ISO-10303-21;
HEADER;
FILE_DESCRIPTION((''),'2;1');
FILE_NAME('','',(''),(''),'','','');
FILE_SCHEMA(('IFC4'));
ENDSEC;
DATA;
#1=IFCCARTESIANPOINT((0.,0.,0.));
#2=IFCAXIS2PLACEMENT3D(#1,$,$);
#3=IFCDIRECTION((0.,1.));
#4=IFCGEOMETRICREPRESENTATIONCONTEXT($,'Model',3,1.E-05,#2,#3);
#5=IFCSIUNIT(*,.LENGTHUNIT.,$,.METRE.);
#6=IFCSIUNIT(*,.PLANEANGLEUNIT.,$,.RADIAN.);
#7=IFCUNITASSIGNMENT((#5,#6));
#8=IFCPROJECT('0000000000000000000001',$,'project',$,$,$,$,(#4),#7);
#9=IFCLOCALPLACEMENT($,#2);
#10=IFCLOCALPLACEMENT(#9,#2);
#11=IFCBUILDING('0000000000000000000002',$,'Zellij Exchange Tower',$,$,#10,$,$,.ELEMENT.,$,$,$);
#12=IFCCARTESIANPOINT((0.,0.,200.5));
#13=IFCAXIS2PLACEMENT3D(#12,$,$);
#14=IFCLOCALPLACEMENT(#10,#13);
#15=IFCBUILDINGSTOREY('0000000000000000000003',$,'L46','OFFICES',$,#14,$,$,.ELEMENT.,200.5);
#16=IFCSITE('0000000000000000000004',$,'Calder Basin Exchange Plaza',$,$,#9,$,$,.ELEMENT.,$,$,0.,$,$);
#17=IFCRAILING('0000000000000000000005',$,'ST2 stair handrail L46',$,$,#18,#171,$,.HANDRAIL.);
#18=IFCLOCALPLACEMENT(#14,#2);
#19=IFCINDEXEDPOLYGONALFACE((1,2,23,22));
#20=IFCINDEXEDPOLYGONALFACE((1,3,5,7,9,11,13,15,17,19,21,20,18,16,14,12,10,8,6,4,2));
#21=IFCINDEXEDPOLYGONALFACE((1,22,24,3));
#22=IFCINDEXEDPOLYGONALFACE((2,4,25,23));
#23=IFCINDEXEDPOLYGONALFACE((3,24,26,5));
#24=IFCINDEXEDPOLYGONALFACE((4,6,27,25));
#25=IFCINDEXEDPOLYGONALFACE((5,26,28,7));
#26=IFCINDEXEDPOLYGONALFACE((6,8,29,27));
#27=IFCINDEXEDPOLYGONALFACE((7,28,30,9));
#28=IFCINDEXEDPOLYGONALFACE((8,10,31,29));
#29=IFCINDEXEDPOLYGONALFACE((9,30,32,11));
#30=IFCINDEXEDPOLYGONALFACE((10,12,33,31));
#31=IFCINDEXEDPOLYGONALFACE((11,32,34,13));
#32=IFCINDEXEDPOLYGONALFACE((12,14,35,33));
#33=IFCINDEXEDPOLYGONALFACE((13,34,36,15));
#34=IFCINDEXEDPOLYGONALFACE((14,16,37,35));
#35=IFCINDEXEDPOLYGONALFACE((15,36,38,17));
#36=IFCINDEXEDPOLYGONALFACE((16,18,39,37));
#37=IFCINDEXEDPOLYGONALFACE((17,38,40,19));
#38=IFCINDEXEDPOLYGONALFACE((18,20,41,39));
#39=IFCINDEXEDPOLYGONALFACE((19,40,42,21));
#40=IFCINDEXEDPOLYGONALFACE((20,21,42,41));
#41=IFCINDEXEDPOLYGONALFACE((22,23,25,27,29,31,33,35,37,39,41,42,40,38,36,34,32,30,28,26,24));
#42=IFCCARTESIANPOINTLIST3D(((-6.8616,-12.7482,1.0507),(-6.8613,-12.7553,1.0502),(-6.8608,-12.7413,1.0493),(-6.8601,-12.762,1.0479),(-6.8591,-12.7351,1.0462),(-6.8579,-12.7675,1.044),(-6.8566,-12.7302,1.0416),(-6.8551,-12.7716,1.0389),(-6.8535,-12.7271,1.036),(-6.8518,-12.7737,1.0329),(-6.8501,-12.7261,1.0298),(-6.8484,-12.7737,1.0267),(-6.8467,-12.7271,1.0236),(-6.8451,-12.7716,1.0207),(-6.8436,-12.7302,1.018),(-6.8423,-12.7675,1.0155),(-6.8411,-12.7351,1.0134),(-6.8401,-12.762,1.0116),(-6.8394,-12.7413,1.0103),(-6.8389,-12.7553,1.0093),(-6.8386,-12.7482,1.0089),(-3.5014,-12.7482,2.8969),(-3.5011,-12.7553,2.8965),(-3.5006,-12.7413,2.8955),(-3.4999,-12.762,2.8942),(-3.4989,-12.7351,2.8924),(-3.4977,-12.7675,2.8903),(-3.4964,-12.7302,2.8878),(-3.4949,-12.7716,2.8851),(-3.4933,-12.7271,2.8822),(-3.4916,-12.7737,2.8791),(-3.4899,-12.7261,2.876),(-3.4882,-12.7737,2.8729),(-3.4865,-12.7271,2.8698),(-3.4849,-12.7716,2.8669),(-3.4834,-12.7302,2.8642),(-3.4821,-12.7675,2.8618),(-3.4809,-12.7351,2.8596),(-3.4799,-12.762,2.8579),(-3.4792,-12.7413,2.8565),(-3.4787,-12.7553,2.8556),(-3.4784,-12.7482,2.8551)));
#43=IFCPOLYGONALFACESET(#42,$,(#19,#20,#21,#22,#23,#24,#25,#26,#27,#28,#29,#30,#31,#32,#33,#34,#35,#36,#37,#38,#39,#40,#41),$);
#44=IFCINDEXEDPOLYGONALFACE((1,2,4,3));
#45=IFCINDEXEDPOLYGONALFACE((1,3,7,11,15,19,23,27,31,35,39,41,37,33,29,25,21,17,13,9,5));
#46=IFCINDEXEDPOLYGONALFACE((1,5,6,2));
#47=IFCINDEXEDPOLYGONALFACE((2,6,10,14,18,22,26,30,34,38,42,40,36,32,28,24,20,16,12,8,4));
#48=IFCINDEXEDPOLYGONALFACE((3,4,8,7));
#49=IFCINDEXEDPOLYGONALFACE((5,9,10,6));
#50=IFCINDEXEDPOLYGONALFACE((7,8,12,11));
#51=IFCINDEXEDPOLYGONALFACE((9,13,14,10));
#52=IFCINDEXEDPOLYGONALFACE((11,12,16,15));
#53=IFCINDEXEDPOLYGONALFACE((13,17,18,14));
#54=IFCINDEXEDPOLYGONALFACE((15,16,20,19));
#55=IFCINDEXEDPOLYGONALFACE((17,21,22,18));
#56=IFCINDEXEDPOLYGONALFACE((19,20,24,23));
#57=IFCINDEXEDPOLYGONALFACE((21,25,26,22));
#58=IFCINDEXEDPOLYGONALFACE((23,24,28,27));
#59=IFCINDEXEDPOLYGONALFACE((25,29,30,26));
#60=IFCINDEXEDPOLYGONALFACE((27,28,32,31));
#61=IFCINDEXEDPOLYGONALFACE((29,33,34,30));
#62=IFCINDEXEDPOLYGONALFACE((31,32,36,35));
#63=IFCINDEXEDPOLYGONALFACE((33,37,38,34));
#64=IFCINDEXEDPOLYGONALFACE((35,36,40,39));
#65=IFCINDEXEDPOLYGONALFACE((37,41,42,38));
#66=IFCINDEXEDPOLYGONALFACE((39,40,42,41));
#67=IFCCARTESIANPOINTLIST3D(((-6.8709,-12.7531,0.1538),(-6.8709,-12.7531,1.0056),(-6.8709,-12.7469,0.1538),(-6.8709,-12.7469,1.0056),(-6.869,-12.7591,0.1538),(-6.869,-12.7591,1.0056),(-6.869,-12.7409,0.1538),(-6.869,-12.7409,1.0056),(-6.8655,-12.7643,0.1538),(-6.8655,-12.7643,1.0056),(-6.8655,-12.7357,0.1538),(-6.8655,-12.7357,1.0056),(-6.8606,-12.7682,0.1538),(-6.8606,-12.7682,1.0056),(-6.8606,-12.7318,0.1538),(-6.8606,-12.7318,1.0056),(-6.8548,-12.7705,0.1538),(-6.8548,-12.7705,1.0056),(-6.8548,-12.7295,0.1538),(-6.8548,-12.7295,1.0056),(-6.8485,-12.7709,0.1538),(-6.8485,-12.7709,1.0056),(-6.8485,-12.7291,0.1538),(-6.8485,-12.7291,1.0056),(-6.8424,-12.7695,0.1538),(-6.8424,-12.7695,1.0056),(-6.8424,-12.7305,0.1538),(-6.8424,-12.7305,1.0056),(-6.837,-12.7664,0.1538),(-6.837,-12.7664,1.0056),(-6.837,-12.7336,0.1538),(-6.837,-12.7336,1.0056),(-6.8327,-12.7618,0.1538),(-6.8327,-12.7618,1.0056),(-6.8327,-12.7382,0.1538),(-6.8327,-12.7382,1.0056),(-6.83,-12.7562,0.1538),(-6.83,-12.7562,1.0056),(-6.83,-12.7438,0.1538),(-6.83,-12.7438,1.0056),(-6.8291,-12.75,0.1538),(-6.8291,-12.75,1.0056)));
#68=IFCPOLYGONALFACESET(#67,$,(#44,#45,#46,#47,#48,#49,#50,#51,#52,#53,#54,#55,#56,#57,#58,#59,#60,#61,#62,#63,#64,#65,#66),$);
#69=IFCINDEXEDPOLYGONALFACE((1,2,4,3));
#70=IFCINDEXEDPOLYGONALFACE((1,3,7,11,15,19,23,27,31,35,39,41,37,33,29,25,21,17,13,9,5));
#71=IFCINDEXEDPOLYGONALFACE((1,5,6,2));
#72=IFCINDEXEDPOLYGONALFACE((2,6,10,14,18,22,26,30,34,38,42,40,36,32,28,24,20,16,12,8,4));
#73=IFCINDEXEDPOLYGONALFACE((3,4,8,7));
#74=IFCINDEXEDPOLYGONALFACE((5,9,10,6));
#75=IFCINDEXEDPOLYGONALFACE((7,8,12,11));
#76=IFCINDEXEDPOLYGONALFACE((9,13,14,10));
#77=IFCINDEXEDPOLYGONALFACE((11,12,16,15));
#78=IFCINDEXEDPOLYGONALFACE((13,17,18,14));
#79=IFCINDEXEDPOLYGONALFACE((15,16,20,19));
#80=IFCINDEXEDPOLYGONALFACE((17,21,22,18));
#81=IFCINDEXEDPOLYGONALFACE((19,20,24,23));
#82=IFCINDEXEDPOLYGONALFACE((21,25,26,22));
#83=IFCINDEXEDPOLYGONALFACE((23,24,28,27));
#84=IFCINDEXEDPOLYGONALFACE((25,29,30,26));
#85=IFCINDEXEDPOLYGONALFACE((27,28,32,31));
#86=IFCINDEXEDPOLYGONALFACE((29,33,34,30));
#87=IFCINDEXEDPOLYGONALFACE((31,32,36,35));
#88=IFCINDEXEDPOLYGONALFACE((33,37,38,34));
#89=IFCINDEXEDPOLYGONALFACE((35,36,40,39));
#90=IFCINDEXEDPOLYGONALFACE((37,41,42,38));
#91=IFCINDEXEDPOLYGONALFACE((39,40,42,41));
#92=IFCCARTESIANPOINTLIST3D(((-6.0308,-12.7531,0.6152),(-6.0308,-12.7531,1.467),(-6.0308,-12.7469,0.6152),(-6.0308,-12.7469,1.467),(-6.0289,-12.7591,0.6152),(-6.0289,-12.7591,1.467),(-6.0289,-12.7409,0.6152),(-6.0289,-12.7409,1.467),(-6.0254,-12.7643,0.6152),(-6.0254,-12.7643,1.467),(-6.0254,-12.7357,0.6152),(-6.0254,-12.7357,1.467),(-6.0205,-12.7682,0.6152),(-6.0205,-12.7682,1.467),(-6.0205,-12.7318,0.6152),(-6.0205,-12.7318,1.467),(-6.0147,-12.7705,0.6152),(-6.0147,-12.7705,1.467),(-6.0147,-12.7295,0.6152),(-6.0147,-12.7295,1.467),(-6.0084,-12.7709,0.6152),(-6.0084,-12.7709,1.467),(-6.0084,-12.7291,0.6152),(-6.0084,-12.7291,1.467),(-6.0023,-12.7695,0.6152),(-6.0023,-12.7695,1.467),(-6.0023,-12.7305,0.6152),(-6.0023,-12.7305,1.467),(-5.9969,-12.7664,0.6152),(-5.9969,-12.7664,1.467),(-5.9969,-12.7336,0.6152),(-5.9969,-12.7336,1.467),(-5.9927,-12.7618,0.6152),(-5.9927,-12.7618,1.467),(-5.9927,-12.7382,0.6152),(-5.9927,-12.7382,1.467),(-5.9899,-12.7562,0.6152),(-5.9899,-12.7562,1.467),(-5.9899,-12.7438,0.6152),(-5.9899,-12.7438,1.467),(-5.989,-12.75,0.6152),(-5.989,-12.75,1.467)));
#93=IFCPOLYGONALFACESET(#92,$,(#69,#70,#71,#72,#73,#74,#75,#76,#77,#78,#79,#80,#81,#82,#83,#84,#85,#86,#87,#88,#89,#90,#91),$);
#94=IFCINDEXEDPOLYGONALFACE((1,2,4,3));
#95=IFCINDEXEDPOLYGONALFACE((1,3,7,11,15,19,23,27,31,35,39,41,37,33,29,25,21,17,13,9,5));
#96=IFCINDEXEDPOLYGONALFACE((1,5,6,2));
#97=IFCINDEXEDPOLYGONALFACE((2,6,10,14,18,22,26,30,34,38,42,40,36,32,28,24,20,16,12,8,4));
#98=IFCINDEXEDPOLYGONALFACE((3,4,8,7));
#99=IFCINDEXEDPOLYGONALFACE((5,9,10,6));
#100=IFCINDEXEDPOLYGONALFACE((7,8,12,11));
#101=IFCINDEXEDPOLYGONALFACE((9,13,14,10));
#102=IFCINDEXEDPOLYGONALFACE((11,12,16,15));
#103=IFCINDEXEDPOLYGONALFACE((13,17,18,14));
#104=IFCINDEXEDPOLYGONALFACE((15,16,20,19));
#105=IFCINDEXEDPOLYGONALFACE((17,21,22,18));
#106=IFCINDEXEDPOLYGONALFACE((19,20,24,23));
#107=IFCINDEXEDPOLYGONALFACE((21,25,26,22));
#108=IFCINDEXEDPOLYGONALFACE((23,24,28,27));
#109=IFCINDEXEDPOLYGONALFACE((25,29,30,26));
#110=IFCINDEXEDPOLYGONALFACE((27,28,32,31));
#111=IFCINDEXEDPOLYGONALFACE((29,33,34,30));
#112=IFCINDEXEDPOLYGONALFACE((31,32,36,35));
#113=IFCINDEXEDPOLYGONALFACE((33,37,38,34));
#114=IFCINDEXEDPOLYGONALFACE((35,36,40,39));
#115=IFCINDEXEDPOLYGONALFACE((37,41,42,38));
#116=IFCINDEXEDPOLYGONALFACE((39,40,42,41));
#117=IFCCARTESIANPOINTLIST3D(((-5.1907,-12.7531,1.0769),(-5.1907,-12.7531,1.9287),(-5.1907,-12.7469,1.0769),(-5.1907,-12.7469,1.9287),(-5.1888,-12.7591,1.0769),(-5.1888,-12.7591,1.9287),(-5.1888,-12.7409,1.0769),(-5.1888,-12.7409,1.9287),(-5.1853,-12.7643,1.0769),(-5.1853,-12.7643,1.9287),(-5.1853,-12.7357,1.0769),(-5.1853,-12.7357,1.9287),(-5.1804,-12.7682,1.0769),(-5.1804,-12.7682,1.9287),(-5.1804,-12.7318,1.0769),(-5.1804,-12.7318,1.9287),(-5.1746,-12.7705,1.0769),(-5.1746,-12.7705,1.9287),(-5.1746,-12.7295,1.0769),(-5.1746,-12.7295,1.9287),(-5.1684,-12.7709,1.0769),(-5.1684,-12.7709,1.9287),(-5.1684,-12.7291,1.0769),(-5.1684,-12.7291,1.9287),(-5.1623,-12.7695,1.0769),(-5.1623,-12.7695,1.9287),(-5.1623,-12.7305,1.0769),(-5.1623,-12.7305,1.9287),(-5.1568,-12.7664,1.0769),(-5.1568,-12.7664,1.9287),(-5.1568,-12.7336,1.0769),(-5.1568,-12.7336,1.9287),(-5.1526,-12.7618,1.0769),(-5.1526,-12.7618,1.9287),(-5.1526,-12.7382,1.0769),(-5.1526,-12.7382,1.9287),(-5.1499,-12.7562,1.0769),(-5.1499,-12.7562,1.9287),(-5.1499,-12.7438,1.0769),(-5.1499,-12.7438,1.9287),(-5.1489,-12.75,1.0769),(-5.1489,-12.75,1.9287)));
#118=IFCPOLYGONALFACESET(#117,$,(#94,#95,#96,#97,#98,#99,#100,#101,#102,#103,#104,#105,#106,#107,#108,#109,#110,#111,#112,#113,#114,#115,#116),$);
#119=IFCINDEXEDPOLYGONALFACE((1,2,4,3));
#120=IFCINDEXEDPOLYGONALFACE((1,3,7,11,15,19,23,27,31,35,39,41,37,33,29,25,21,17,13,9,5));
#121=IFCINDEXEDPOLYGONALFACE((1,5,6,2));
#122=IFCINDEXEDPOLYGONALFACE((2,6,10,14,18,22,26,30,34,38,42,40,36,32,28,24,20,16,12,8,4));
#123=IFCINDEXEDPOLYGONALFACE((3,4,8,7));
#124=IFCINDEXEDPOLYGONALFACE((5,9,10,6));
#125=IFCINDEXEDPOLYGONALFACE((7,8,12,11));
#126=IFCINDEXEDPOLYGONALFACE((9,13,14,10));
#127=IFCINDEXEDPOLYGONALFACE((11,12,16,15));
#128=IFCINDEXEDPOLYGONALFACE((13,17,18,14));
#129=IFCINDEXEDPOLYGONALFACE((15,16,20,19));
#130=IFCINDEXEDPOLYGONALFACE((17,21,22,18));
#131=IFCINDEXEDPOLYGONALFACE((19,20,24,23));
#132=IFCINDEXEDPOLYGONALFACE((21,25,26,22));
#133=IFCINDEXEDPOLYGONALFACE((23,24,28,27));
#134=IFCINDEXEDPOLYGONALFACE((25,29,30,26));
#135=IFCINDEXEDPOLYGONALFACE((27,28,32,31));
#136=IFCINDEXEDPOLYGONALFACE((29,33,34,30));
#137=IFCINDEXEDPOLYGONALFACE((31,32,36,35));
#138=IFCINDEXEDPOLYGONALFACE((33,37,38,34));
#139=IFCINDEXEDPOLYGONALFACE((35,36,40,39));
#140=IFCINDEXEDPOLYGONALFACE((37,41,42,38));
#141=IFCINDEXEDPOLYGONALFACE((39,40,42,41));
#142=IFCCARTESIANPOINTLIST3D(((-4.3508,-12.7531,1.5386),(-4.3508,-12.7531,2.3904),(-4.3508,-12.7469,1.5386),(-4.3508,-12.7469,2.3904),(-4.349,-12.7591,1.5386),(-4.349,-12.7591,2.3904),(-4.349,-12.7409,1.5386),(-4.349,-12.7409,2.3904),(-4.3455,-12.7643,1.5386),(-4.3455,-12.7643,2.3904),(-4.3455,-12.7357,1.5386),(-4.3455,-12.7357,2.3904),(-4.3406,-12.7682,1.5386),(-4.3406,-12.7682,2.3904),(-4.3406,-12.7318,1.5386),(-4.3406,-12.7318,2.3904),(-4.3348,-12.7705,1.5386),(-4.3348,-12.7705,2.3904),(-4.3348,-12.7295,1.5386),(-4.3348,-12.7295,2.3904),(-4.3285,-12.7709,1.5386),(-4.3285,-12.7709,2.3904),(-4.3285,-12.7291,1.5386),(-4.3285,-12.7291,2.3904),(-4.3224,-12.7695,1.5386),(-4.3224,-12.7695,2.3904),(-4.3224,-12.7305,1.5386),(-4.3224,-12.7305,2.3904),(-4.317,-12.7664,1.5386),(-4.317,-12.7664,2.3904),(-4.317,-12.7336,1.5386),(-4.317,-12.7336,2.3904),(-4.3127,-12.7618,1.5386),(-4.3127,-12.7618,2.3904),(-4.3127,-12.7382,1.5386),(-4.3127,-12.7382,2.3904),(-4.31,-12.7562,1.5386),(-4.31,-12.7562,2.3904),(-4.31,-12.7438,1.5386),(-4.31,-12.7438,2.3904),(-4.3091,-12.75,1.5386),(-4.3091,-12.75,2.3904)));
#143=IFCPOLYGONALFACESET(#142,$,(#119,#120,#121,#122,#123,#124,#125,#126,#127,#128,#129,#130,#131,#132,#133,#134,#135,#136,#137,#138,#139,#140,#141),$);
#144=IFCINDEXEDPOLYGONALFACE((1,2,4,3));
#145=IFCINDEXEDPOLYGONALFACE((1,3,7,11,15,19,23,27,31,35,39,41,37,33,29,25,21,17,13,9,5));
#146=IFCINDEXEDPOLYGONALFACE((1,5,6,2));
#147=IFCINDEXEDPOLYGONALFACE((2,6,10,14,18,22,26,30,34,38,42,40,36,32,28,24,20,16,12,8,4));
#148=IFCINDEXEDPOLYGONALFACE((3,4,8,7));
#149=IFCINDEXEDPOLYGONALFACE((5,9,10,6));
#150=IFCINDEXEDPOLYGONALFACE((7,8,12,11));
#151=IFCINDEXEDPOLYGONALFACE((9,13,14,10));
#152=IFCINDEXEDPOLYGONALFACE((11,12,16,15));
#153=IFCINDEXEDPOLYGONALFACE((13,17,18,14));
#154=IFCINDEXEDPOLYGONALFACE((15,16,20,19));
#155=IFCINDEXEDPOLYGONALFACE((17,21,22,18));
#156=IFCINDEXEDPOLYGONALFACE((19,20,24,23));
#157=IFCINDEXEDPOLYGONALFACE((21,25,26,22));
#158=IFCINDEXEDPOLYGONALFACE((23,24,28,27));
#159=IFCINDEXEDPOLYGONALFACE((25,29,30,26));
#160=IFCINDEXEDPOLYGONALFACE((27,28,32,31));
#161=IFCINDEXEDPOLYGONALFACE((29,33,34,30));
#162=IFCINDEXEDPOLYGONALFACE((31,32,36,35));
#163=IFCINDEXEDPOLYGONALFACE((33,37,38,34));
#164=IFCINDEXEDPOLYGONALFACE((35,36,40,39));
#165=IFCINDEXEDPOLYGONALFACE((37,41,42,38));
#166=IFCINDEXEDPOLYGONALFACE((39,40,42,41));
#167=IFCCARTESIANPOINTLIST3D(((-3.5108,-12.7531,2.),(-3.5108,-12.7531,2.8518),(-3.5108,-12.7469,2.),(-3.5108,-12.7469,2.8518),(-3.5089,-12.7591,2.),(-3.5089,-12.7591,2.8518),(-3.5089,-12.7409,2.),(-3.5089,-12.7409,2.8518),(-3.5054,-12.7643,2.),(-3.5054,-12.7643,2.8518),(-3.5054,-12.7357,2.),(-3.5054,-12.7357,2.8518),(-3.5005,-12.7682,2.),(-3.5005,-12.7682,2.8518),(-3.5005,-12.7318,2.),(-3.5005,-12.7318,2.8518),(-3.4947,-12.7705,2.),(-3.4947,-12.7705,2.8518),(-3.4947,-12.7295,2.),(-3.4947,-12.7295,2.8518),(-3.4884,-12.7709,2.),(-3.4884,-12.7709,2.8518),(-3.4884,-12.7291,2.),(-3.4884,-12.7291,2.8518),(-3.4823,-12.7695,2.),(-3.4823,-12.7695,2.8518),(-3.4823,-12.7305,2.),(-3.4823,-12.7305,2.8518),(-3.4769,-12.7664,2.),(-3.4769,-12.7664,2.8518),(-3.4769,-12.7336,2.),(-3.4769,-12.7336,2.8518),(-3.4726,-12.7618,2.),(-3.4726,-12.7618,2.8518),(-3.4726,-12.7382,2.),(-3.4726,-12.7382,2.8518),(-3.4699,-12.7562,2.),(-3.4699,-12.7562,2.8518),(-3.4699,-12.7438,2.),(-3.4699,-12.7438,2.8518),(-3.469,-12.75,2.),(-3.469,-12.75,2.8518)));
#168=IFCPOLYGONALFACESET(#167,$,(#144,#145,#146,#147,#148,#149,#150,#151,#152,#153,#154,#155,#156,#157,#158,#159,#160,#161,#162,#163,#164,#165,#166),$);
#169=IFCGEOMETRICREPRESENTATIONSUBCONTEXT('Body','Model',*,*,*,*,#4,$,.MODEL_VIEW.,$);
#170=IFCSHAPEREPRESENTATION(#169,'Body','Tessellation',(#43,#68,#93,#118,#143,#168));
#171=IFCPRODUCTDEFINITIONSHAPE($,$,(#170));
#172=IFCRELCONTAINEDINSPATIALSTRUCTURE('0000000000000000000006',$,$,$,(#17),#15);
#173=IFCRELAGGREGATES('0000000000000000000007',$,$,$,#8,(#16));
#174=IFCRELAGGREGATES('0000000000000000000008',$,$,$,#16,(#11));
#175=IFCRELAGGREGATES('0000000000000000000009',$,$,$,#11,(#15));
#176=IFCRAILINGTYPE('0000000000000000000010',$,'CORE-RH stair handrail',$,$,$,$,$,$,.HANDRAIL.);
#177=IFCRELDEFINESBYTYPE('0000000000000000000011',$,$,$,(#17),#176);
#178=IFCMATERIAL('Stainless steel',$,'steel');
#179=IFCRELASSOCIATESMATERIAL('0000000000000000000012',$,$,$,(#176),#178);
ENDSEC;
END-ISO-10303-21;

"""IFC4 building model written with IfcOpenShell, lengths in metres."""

from ifc_helpers import new_model, si_unit, direction, frame, origin, origin_2d, place, context, subcontext, project, spatial, circle, extrude, material, type_object, element, save


model = new_model("IFC4")

# Units and contexts
model_context = context("Model", 3, precision=1e-05, world=origin(), true_north=direction((0.0, 1.0)))
body_context = subcontext(model_context, "Body", "Model", "MODEL_VIEW")
ifc_project = project(units=[si_unit("LENGTHUNIT", "METRE"), si_unit("PLANEANGLEUNIT", "RADIAN")], contexts=[model_context])

# Site, building, storey
site_placement = place(None, origin())
site = spatial("IfcSite", under=ifc_project, at=site_placement, Name="Calder Basin Exchange Plaza", CompositionType="ELEMENT", RefElevation=0.0)
building_placement = place(site_placement, origin())
building = spatial("IfcBuilding", under=site, at=building_placement, Name="Zellij Exchange Tower", CompositionType="ELEMENT")
storey_placement = place(building_placement, frame((0.0, 0.0, 200.5)))
storey = spatial("IfcBuildingStorey", under=building, at=storey_placement, Name="L46", Description="OFFICES", CompositionType="ELEMENT", Elevation=200.5)

# Railing
ifc_material_1 = material(Name="Stainless steel", Category="steel")
railing_type_1 = type_object("IfcRailingType", Name="CORE-RH stair handrail", PredefinedType="HANDRAIL", material=ifc_material_1)
railing_1_placement = place(storey_placement, frame((-6.8501, -12.75, 0.1538)))
element("IfcRailing", 1, at=railing_1_placement, inside=storey, type_object=railing_type_1, Name="ST2 stair handrail L46", PredefinedType="HANDRAIL", context=body_context, shape_type="SweptSolid", body=[
    extrude(circle(Radius=0.0239, at=origin_2d()), frame((0.0, 0.0, 0.876), z_axis=(0.876422, 0.0, 0.481545), x_axis=(0.0, 1.0, 0.0)), (0.0, 0.0, 1.0), 3.834),
    extrude(circle(Radius=0.021, at=origin_2d()), origin(), (0.0, 0.0, 1.0), 0.8518),
    extrude(circle(Radius=0.021, at=origin_2d()), frame((0.8401, 0.0, 0.4614)), (0.0, 0.0, 1.0), 0.8518),
    extrude(circle(Radius=0.021, at=origin_2d()), frame((1.6802, 0.0, 0.9231)), (0.0, 0.0, 1.0), 0.8518),
    extrude(circle(Radius=0.021, at=origin_2d()), frame((2.52, 0.0, 1.3848)), (0.0, 0.0, 1.0), 0.8518),
    extrude(circle(Radius=0.021, at=origin_2d()), frame((3.3601, 0.0, 1.8462)), (0.0, 0.0, 1.0), 0.8518),
])

save(model, "model.ifc")
